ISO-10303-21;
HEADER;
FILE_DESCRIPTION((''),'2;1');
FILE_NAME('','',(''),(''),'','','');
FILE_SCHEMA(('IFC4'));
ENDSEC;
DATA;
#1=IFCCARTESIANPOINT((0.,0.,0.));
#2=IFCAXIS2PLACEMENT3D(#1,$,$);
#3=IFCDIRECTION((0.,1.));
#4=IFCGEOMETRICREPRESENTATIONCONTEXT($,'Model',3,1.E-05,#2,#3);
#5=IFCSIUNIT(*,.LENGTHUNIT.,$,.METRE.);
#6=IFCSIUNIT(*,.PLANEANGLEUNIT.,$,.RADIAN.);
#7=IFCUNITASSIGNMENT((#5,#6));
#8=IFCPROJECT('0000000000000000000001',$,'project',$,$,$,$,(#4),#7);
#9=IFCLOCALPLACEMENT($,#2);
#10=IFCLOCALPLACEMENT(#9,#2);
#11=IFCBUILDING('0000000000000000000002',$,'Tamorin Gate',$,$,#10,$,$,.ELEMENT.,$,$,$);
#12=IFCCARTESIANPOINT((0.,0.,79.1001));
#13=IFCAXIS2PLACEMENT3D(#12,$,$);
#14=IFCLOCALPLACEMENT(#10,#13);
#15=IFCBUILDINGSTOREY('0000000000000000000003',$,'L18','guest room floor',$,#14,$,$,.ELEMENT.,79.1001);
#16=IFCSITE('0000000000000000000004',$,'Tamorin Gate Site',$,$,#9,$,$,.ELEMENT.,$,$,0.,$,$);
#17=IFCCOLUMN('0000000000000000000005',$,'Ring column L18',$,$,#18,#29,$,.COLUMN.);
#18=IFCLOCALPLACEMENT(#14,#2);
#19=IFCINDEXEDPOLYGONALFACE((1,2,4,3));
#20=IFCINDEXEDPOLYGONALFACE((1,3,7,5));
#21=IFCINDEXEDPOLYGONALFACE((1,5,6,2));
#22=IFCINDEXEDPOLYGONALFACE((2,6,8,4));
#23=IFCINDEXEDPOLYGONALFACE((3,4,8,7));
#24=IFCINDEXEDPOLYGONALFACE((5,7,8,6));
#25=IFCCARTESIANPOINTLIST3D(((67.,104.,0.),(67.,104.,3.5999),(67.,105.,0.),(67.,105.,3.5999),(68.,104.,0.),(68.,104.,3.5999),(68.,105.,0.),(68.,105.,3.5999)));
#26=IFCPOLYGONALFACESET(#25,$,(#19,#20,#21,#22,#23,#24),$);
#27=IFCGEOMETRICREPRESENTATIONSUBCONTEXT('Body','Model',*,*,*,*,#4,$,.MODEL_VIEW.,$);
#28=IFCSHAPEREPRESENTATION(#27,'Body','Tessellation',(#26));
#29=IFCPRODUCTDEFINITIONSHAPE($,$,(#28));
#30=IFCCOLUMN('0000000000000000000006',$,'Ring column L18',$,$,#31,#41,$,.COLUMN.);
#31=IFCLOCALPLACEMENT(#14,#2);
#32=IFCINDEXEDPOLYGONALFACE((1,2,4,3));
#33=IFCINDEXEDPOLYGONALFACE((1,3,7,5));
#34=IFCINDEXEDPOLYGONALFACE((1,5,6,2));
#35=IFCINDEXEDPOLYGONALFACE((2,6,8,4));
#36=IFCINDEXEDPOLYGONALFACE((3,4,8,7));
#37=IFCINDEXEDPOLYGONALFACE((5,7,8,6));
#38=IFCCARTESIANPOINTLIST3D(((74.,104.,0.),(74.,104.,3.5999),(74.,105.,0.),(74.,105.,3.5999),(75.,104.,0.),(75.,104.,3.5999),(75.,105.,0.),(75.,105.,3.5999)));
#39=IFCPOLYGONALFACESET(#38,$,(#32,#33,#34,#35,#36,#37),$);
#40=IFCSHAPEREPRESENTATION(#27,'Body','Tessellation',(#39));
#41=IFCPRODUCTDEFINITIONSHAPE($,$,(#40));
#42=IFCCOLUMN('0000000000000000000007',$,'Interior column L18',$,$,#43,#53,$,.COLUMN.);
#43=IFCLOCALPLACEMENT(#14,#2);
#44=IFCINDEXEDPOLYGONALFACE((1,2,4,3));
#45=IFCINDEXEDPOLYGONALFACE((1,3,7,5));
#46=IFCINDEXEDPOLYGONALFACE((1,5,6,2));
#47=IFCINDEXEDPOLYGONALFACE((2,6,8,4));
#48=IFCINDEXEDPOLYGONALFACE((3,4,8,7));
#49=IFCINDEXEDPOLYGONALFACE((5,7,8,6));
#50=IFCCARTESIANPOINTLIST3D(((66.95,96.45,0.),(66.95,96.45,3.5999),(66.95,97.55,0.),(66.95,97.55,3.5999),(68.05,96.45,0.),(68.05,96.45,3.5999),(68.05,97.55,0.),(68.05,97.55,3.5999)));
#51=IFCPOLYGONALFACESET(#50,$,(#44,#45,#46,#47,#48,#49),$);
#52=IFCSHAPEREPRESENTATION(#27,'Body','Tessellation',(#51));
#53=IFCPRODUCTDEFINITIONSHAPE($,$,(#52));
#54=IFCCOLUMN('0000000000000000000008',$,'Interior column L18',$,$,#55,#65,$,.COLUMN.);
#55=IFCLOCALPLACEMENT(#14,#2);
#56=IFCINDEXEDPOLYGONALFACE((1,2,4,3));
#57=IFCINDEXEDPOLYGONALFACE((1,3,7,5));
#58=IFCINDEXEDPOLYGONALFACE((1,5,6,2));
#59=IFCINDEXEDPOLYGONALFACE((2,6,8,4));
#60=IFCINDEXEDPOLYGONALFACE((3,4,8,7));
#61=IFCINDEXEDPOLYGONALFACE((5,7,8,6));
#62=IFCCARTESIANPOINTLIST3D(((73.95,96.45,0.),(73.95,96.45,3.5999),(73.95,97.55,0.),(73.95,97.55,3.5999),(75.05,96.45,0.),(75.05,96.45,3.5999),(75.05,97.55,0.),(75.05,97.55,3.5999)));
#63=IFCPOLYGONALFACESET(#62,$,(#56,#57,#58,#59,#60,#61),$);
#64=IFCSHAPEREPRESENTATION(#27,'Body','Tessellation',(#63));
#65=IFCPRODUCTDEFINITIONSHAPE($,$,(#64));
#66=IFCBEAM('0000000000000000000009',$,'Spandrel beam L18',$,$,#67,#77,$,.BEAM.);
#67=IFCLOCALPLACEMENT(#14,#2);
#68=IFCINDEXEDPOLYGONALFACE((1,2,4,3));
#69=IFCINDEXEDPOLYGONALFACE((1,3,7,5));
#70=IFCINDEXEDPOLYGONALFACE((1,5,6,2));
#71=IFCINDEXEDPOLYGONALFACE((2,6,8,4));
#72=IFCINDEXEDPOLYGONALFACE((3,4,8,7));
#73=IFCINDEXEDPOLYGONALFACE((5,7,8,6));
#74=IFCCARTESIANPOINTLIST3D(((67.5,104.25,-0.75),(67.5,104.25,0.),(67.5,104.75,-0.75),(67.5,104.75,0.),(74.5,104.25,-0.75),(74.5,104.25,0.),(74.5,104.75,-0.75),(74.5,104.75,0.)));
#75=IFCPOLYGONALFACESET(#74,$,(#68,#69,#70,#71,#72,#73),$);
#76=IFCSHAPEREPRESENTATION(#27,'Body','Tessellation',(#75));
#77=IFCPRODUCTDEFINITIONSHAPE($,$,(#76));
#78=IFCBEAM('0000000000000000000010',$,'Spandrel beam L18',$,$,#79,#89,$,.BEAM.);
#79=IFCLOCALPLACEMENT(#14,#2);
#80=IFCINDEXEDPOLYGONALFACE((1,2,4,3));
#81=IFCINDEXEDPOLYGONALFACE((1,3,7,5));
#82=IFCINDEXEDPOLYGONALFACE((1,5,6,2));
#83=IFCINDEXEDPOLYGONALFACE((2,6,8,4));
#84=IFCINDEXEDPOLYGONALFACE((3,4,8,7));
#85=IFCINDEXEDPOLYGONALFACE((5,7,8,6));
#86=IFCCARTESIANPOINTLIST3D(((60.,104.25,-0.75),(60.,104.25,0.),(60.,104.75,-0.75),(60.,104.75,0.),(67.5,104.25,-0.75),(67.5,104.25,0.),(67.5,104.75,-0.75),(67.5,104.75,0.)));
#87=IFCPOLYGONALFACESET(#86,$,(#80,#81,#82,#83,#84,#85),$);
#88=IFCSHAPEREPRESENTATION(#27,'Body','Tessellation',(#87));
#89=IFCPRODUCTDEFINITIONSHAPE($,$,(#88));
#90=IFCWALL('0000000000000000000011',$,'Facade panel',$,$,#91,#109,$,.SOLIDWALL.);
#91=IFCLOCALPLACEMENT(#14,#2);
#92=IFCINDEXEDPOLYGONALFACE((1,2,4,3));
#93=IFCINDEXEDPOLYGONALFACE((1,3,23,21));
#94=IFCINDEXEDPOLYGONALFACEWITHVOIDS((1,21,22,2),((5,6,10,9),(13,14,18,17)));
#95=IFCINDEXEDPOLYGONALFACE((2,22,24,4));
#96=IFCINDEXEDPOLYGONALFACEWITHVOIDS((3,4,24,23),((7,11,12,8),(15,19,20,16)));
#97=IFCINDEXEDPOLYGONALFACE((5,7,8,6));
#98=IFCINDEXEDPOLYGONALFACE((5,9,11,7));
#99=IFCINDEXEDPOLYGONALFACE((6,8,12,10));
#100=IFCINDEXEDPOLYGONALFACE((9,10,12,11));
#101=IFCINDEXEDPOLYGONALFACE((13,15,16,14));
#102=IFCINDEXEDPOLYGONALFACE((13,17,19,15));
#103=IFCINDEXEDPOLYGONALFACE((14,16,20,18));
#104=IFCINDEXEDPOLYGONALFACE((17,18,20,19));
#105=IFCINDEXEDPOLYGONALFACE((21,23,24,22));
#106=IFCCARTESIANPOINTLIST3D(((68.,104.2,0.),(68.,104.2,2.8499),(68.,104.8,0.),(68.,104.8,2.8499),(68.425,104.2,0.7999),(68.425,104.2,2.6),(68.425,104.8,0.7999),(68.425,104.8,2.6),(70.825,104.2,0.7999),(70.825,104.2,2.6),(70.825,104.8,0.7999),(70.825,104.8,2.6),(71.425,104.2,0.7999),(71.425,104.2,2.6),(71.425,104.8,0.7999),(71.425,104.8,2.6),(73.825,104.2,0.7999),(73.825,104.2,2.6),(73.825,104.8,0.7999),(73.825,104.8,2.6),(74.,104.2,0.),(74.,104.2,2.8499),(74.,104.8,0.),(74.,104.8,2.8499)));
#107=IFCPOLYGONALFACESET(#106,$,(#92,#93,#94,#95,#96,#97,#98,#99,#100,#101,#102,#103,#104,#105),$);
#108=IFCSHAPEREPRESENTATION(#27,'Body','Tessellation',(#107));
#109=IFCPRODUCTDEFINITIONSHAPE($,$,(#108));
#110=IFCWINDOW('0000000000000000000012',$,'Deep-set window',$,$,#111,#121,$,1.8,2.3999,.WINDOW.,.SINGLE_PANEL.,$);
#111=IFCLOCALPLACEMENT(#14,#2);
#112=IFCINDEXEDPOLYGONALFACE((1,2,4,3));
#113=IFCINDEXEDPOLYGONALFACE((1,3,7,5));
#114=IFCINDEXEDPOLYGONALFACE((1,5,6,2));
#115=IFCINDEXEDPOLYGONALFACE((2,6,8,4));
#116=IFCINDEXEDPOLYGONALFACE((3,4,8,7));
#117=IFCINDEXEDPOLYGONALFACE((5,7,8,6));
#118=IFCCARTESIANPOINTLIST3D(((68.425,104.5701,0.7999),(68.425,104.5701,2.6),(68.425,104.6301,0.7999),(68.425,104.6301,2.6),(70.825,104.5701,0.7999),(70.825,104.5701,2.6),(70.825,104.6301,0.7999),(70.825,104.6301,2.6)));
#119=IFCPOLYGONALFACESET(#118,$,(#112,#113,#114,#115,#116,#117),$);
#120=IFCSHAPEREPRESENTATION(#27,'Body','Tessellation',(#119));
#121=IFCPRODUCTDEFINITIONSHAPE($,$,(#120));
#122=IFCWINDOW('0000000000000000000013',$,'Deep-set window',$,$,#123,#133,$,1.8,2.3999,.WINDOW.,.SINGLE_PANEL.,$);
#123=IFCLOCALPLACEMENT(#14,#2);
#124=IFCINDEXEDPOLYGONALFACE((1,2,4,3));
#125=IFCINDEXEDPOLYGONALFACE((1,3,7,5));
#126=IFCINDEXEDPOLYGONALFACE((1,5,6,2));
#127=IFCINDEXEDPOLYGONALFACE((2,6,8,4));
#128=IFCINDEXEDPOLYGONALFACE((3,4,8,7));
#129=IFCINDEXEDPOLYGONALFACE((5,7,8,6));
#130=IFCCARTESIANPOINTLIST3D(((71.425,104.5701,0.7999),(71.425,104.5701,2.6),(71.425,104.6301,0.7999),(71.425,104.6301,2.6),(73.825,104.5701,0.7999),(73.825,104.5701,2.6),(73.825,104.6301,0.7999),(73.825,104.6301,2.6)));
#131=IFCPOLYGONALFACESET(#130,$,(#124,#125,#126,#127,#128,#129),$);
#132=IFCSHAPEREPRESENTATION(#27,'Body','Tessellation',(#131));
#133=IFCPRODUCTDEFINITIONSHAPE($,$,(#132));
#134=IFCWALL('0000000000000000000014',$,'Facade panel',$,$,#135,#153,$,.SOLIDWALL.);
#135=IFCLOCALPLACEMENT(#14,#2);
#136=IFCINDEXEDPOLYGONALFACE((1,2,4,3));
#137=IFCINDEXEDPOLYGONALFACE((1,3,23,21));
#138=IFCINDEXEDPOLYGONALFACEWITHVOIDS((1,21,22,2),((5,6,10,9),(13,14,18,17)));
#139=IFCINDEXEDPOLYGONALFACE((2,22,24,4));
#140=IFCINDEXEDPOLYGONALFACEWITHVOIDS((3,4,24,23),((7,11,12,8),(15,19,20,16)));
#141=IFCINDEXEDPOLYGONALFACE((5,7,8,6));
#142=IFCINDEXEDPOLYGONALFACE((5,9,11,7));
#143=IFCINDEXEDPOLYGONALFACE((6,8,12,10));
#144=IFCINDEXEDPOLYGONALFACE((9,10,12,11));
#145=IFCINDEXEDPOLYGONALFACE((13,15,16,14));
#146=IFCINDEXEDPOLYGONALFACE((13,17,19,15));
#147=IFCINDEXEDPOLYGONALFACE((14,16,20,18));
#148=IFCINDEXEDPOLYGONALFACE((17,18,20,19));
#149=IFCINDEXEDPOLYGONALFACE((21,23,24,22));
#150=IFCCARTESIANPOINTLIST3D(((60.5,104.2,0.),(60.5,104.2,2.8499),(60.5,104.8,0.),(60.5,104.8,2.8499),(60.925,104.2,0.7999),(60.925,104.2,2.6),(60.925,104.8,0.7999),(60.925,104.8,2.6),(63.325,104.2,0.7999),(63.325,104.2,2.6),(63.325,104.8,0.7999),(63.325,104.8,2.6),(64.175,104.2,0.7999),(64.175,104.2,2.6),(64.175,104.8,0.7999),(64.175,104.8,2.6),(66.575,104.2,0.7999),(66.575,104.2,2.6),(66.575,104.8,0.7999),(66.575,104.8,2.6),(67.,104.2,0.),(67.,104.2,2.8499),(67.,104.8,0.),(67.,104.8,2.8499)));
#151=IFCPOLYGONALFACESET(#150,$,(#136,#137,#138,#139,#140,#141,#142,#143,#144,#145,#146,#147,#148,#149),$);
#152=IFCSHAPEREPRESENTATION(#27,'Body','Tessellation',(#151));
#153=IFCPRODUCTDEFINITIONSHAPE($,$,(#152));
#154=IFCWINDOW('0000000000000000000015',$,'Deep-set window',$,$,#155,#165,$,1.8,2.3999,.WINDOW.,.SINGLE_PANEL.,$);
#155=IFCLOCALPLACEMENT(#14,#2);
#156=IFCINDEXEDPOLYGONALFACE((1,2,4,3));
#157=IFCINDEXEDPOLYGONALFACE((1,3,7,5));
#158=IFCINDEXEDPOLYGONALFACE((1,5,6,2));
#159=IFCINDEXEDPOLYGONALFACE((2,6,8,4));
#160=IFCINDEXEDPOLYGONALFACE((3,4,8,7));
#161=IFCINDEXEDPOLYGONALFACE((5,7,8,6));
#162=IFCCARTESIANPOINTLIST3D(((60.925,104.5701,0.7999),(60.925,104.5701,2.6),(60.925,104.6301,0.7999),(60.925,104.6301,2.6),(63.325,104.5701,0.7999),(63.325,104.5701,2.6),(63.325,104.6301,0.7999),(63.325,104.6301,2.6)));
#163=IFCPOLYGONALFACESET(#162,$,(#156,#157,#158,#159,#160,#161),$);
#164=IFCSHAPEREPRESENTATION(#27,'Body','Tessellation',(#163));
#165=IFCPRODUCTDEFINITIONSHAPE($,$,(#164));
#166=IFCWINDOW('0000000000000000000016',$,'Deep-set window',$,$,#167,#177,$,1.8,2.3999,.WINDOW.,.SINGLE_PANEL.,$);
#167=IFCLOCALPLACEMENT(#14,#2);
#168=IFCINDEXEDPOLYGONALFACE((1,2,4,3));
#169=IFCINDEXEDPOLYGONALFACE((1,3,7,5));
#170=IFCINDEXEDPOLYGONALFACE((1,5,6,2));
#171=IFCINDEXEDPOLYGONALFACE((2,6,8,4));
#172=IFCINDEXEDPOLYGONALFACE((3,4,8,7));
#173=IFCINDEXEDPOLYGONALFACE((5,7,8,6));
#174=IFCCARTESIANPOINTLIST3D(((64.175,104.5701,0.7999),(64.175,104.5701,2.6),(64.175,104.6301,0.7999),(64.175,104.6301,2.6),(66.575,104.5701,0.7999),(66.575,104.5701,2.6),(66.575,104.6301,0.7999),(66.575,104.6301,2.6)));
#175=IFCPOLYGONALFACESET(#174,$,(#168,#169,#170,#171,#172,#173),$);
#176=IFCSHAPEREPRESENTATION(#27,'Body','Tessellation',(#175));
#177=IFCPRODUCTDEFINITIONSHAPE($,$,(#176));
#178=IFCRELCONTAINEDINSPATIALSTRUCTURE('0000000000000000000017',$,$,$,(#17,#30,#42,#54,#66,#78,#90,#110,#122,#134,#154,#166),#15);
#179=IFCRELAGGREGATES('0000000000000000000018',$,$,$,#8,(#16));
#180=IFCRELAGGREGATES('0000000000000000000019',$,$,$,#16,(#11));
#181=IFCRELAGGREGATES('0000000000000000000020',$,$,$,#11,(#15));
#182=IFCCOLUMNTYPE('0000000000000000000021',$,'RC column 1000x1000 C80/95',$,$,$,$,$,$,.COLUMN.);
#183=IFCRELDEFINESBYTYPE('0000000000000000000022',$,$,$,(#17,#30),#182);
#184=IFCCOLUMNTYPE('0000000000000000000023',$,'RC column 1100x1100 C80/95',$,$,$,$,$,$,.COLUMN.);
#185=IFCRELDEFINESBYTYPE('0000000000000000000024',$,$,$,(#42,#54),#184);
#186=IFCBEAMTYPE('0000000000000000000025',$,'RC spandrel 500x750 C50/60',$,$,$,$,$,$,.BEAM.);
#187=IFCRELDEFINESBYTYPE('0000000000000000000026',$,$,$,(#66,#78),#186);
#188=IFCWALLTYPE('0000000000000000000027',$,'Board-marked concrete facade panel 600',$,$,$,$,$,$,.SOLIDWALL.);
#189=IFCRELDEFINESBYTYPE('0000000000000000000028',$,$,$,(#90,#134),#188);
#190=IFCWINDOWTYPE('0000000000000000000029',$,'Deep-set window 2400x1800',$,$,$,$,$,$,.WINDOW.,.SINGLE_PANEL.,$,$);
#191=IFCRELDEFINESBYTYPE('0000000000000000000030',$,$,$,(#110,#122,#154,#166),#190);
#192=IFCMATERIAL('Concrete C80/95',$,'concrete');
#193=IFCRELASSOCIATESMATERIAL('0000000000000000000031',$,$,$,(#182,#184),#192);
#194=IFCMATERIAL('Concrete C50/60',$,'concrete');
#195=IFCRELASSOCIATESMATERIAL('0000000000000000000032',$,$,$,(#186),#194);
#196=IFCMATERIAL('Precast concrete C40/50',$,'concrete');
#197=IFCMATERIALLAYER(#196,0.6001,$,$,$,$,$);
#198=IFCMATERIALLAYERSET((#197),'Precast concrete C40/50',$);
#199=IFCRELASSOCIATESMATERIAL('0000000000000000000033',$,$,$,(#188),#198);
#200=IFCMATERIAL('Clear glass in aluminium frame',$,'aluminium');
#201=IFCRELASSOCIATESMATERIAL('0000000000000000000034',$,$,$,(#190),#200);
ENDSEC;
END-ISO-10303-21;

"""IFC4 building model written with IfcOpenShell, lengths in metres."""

from ifc_helpers import new_model, si_unit, direction, frame, frame_2d, origin, origin_2d, place, context, subcontext, project, spatial, rectangle, extrude, material, layer, layer_set, material_profile, profile_set, type_object, element, fill, save


model = new_model("IFC4")

# Units and contexts
model_context = context("Model", 3, precision=1e-05, world=origin(), true_north=direction((0.0, 1.0)))
body_context = subcontext(model_context, "Body", "Model", "MODEL_VIEW")
ifc_project = project(units=[si_unit("LENGTHUNIT", "METRE"), si_unit("PLANEANGLEUNIT", "RADIAN")], contexts=[model_context])

# Site, building, storey
site_placement = place(None, origin())
site = spatial("IfcSite", under=ifc_project, at=site_placement, Name="Tamorin Gate Site", CompositionType="ELEMENT", RefElevation=0.0)
building_placement = place(site_placement, origin())
building = spatial("IfcBuilding", under=site, at=building_placement, Name="Tamorin Gate", CompositionType="ELEMENT")
storey_placement = place(building_placement, frame((0.0, 0.0, 79.1001)))
storey = spatial("IfcBuildingStorey", under=building, at=storey_placement, Name="L18", Description="guest room floor", CompositionType="ELEMENT", Elevation=79.1001)

# Columns
ifc_material_1 = material(Name="Concrete C80/95", Category="concrete")
ifc_material_profile_1 = material_profile(ifc_material_1, rectangle(XDim=1.0, YDim=1.0, at=origin_2d()), Name="RC 1000x1000")
ifc_profile_set_1 = profile_set([ifc_material_profile_1], Name="Concrete C80/95")
column_type_1 = type_object("IfcColumnType", Name="RC column 1000x1000 C80/95", PredefinedType="COLUMN", material=ifc_profile_set_1)
for number, where, z_axis, x_axis, name in (
    (1, (67.5, 104.5, 0.0), (0.0, 0.0, 1.0), (1.0, 0.0, 0.0), "Ring column L18"),
    (2, (74.5, 104.5, 0.0), (0.0, 0.0, 1.0), (1.0, 0.0, 0.0), "Ring column L18"),
):
    element("IfcColumn", number, at=place(storey_placement, frame(where, z_axis=z_axis, x_axis=x_axis)), inside=storey, type_object=column_type_1, Name=name, PredefinedType="COLUMN", context=body_context, shape_type="SweptSolid", body=[
        extrude(rectangle(XDim=1.0, YDim=1.0, at=origin_2d()), origin(), (0.0, 0.0, 1.0), 3.5999),
    ])
ifc_material_profile_2 = material_profile(ifc_material_1, rectangle(XDim=1.1001, YDim=1.1001, at=origin_2d()), Name="RC 1100x1100")
ifc_profile_set_2 = profile_set([ifc_material_profile_2], Name="Concrete C80/95")
column_type_2 = type_object("IfcColumnType", Name="RC column 1100x1100 C80/95", PredefinedType="COLUMN", material=ifc_profile_set_2)
for number, where, z_axis, x_axis, name in (
    (3, (67.5, 97.0, 0.0), (0.0, 0.0, 1.0), (1.0, 0.0, 0.0), "Interior column L18"),
    (4, (74.5, 97.0, 0.0), (0.0, 0.0, 1.0), (1.0, 0.0, 0.0), "Interior column L18"),
):
    element("IfcColumn", number, at=place(storey_placement, frame(where, z_axis=z_axis, x_axis=x_axis)), inside=storey, type_object=column_type_2, Name=name, PredefinedType="COLUMN", context=body_context, shape_type="SweptSolid", body=[
        extrude(rectangle(XDim=1.1001, YDim=1.1001, at=origin_2d()), origin(), (0.0, 0.0, 1.0), 3.5999),
    ])

# Beams
ifc_material_2 = material(Name="Concrete C50/60", Category="concrete")
ifc_material_profile_3 = material_profile(ifc_material_2, rectangle(XDim=0.5, YDim=0.75, at=origin_2d()), Name="RC 500x750")
ifc_profile_set_3 = profile_set([ifc_material_profile_3], Name="Concrete C50/60")
beam_type = type_object("IfcBeamType", Name="RC spandrel 500x750 C50/60", PredefinedType="BEAM", material=ifc_profile_set_3)
beam_1_placement = place(storey_placement, frame((74.5, 104.5, -0.375), z_axis=(-1.0, 0.0, 0.0), x_axis=(0.0, -1.0, 0.0)))
element("IfcBeam", 5, at=beam_1_placement, inside=storey, type_object=beam_type, Name="Spandrel beam L18", PredefinedType="BEAM", context=body_context, shape_type="SweptSolid", body=[
    extrude(rectangle(XDim=0.5, YDim=0.75, at=origin_2d()), origin(), (0.0, 0.0, 1.0), 7.0),
])
beam_2_placement = place(storey_placement, frame((67.5, 104.5, -0.375), z_axis=(-1.0, 0.0, 0.0), x_axis=(0.0, -1.0, 0.0)))
element("IfcBeam", 6, at=beam_2_placement, inside=storey, type_object=beam_type, Name="Spandrel beam L18", PredefinedType="BEAM", context=body_context, shape_type="SweptSolid", body=[
    extrude(rectangle(XDim=0.5, YDim=0.75, at=origin_2d()), origin(), (0.0, 0.0, 1.0), 7.5),
])

# Walls, openings, windows
ifc_material_3 = material(Name="Precast concrete C40/50", Category="concrete")
ifc_layer_1 = layer(ifc_material_3, 0.6001)
ifc_layer_set_1 = layer_set([ifc_layer_1], Name="Precast concrete C40/50")
wall_type_1 = type_object("IfcWallType", Name="Board-marked concrete facade panel 600", PredefinedType="SOLIDWALL", material=ifc_layer_set_1)
wall_1_placement = place(storey_placement, frame((74.0, 104.5, 0.0), z_axis=(0.0, 0.0, 1.0), x_axis=(-1.0, 0.0, 0.0)))
wall_1 = element("IfcWall", 7, at=wall_1_placement, inside=storey, type_object=wall_type_1, Name="Facade panel", PredefinedType="SOLIDWALL", context=body_context, shape_type="SweptSolid", body=[
    extrude(rectangle(XDim=6.0, YDim=0.6001, at=frame_2d((3.0, 0.0))), origin(), (0.0, 0.0, 1.0), 2.8499),
])
opening_1_placement = place(wall_1_placement, frame((3.175, 0.0, 0.8)))
opening_1 = element("IfcOpeningElement", 8, at=opening_1_placement, cuts=wall_1, PredefinedType="OPENING", context=body_context, shape_type="SweptSolid", body=[
    extrude(rectangle(XDim=2.3999, YDim=1.8, at=frame_2d((1.2, 0.8999))), frame((0.0, 0.3101, 0.0), z_axis=(0.0, -1.0, 0.0), x_axis=(1.0, 0.0, 0.0)), (0.0, 0.0, 1.0), 0.6201),
])
opening_2_placement = place(wall_1_placement, frame((0.175, 0.0, 0.8)))
opening_2 = element("IfcOpeningElement", 9, at=opening_2_placement, cuts=wall_1, PredefinedType="OPENING", context=body_context, shape_type="SweptSolid", body=[
    extrude(rectangle(XDim=2.3999, YDim=1.8, at=frame_2d((1.2, 0.8999))), frame((0.0, 0.3101, 0.0), z_axis=(0.0, -1.0, 0.0), x_axis=(1.0, 0.0, 0.0)), (0.0, 0.0, 1.0), 0.6201),
])
ifc_material_4 = material(Name="Clear glass in aluminium frame", Category="aluminium")
window_type = type_object("IfcWindowType", Name="Deep-set window 2400x1800", PartitioningType="SINGLE_PANEL", PredefinedType="WINDOW", material=ifc_material_4)
window_1_placement = place(opening_1_placement, origin())
window_1 = element("IfcWindow", 10, at=window_1_placement, inside=storey, type_object=window_type, Name="Deep-set window", OverallHeight=1.8, OverallWidth=2.3999, PartitioningType="SINGLE_PANEL", PredefinedType="WINDOW", context=body_context, shape_type="SweptSolid", body=[
    extrude(rectangle(XDim=2.3999, YDim=1.8, at=frame_2d((1.2, 0.8999))), frame((0.0, -0.0701, 0.0), z_axis=(0.0, -1.0, 0.0), x_axis=(1.0, 0.0, 0.0)), (0.0, 0.0, 1.0), 0.0601),
])
fill(opening_1, window_1)
window_2_placement = place(opening_2_placement, origin())
window_2 = element("IfcWindow", 11, at=window_2_placement, inside=storey, type_object=window_type, Name="Deep-set window", OverallHeight=1.8, OverallWidth=2.3999, PartitioningType="SINGLE_PANEL", PredefinedType="WINDOW", context=body_context, shape_type="SweptSolid", body=[
    extrude(rectangle(XDim=2.3999, YDim=1.8, at=frame_2d((1.2, 0.8999))), frame((0.0, -0.0701, 0.0), z_axis=(0.0, -1.0, 0.0), x_axis=(1.0, 0.0, 0.0)), (0.0, 0.0, 1.0), 0.0601),
])
fill(opening_2, window_2)
wall_2_placement = place(storey_placement, frame((67.0, 104.5, 0.0), z_axis=(0.0, 0.0, 1.0), x_axis=(-1.0, 0.0, 0.0)))
wall_2 = element("IfcWall", 12, at=wall_2_placement, inside=storey, type_object=wall_type_1, Name="Facade panel", PredefinedType="SOLIDWALL", context=body_context, shape_type="SweptSolid", body=[
    extrude(rectangle(XDim=6.5, YDim=0.6001, at=frame_2d((3.25, 0.0))), origin(), (0.0, 0.0, 1.0), 2.8499),
])
opening_3_placement = place(wall_2_placement, frame((3.675, 0.0, 0.8)))
opening_3 = element("IfcOpeningElement", 13, at=opening_3_placement, cuts=wall_2, PredefinedType="OPENING", context=body_context, shape_type="SweptSolid", body=[
    extrude(rectangle(XDim=2.3999, YDim=1.8, at=frame_2d((1.2, 0.8999))), frame((0.0, 0.3101, 0.0), z_axis=(0.0, -1.0, 0.0), x_axis=(1.0, 0.0, 0.0)), (0.0, 0.0, 1.0), 0.6201),
])
opening_4_placement = place(wall_2_placement, frame((0.425, 0.0, 0.8)))
opening_4 = element("IfcOpeningElement", 14, at=opening_4_placement, cuts=wall_2, PredefinedType="OPENING", context=body_context, shape_type="SweptSolid", body=[
    extrude(rectangle(XDim=2.3999, YDim=1.8, at=frame_2d((1.2, 0.8999))), frame((0.0, 0.3101, 0.0), z_axis=(0.0, -1.0, 0.0), x_axis=(1.0, 0.0, 0.0)), (0.0, 0.0, 1.0), 0.6201),
])
window_3_placement = place(opening_3_placement, origin())
window_3 = element("IfcWindow", 15, at=window_3_placement, inside=storey, type_object=window_type, Name="Deep-set window", OverallHeight=1.8, OverallWidth=2.3999, PartitioningType="SINGLE_PANEL", PredefinedType="WINDOW", context=body_context, shape_type="SweptSolid", body=[
    extrude(rectangle(XDim=2.3999, YDim=1.8, at=frame_2d((1.2, 0.8999))), frame((0.0, -0.0701, 0.0), z_axis=(0.0, -1.0, 0.0), x_axis=(1.0, 0.0, 0.0)), (0.0, 0.0, 1.0), 0.0601),
])
fill(opening_3, window_3)
window_4_placement = place(opening_4_placement, origin())
window_4 = element("IfcWindow", 16, at=window_4_placement, inside=storey, type_object=window_type, Name="Deep-set window", OverallHeight=1.8, OverallWidth=2.3999, PartitioningType="SINGLE_PANEL", PredefinedType="WINDOW", context=body_context, shape_type="SweptSolid", body=[
    extrude(rectangle(XDim=2.3999, YDim=1.8, at=frame_2d((1.2, 0.8999))), frame((0.0, -0.0701, 0.0), z_axis=(0.0, -1.0, 0.0), x_axis=(1.0, 0.0, 0.0)), (0.0, 0.0, 1.0), 0.0601),
])
fill(opening_4, window_4)

save(model, "model.ifc")
